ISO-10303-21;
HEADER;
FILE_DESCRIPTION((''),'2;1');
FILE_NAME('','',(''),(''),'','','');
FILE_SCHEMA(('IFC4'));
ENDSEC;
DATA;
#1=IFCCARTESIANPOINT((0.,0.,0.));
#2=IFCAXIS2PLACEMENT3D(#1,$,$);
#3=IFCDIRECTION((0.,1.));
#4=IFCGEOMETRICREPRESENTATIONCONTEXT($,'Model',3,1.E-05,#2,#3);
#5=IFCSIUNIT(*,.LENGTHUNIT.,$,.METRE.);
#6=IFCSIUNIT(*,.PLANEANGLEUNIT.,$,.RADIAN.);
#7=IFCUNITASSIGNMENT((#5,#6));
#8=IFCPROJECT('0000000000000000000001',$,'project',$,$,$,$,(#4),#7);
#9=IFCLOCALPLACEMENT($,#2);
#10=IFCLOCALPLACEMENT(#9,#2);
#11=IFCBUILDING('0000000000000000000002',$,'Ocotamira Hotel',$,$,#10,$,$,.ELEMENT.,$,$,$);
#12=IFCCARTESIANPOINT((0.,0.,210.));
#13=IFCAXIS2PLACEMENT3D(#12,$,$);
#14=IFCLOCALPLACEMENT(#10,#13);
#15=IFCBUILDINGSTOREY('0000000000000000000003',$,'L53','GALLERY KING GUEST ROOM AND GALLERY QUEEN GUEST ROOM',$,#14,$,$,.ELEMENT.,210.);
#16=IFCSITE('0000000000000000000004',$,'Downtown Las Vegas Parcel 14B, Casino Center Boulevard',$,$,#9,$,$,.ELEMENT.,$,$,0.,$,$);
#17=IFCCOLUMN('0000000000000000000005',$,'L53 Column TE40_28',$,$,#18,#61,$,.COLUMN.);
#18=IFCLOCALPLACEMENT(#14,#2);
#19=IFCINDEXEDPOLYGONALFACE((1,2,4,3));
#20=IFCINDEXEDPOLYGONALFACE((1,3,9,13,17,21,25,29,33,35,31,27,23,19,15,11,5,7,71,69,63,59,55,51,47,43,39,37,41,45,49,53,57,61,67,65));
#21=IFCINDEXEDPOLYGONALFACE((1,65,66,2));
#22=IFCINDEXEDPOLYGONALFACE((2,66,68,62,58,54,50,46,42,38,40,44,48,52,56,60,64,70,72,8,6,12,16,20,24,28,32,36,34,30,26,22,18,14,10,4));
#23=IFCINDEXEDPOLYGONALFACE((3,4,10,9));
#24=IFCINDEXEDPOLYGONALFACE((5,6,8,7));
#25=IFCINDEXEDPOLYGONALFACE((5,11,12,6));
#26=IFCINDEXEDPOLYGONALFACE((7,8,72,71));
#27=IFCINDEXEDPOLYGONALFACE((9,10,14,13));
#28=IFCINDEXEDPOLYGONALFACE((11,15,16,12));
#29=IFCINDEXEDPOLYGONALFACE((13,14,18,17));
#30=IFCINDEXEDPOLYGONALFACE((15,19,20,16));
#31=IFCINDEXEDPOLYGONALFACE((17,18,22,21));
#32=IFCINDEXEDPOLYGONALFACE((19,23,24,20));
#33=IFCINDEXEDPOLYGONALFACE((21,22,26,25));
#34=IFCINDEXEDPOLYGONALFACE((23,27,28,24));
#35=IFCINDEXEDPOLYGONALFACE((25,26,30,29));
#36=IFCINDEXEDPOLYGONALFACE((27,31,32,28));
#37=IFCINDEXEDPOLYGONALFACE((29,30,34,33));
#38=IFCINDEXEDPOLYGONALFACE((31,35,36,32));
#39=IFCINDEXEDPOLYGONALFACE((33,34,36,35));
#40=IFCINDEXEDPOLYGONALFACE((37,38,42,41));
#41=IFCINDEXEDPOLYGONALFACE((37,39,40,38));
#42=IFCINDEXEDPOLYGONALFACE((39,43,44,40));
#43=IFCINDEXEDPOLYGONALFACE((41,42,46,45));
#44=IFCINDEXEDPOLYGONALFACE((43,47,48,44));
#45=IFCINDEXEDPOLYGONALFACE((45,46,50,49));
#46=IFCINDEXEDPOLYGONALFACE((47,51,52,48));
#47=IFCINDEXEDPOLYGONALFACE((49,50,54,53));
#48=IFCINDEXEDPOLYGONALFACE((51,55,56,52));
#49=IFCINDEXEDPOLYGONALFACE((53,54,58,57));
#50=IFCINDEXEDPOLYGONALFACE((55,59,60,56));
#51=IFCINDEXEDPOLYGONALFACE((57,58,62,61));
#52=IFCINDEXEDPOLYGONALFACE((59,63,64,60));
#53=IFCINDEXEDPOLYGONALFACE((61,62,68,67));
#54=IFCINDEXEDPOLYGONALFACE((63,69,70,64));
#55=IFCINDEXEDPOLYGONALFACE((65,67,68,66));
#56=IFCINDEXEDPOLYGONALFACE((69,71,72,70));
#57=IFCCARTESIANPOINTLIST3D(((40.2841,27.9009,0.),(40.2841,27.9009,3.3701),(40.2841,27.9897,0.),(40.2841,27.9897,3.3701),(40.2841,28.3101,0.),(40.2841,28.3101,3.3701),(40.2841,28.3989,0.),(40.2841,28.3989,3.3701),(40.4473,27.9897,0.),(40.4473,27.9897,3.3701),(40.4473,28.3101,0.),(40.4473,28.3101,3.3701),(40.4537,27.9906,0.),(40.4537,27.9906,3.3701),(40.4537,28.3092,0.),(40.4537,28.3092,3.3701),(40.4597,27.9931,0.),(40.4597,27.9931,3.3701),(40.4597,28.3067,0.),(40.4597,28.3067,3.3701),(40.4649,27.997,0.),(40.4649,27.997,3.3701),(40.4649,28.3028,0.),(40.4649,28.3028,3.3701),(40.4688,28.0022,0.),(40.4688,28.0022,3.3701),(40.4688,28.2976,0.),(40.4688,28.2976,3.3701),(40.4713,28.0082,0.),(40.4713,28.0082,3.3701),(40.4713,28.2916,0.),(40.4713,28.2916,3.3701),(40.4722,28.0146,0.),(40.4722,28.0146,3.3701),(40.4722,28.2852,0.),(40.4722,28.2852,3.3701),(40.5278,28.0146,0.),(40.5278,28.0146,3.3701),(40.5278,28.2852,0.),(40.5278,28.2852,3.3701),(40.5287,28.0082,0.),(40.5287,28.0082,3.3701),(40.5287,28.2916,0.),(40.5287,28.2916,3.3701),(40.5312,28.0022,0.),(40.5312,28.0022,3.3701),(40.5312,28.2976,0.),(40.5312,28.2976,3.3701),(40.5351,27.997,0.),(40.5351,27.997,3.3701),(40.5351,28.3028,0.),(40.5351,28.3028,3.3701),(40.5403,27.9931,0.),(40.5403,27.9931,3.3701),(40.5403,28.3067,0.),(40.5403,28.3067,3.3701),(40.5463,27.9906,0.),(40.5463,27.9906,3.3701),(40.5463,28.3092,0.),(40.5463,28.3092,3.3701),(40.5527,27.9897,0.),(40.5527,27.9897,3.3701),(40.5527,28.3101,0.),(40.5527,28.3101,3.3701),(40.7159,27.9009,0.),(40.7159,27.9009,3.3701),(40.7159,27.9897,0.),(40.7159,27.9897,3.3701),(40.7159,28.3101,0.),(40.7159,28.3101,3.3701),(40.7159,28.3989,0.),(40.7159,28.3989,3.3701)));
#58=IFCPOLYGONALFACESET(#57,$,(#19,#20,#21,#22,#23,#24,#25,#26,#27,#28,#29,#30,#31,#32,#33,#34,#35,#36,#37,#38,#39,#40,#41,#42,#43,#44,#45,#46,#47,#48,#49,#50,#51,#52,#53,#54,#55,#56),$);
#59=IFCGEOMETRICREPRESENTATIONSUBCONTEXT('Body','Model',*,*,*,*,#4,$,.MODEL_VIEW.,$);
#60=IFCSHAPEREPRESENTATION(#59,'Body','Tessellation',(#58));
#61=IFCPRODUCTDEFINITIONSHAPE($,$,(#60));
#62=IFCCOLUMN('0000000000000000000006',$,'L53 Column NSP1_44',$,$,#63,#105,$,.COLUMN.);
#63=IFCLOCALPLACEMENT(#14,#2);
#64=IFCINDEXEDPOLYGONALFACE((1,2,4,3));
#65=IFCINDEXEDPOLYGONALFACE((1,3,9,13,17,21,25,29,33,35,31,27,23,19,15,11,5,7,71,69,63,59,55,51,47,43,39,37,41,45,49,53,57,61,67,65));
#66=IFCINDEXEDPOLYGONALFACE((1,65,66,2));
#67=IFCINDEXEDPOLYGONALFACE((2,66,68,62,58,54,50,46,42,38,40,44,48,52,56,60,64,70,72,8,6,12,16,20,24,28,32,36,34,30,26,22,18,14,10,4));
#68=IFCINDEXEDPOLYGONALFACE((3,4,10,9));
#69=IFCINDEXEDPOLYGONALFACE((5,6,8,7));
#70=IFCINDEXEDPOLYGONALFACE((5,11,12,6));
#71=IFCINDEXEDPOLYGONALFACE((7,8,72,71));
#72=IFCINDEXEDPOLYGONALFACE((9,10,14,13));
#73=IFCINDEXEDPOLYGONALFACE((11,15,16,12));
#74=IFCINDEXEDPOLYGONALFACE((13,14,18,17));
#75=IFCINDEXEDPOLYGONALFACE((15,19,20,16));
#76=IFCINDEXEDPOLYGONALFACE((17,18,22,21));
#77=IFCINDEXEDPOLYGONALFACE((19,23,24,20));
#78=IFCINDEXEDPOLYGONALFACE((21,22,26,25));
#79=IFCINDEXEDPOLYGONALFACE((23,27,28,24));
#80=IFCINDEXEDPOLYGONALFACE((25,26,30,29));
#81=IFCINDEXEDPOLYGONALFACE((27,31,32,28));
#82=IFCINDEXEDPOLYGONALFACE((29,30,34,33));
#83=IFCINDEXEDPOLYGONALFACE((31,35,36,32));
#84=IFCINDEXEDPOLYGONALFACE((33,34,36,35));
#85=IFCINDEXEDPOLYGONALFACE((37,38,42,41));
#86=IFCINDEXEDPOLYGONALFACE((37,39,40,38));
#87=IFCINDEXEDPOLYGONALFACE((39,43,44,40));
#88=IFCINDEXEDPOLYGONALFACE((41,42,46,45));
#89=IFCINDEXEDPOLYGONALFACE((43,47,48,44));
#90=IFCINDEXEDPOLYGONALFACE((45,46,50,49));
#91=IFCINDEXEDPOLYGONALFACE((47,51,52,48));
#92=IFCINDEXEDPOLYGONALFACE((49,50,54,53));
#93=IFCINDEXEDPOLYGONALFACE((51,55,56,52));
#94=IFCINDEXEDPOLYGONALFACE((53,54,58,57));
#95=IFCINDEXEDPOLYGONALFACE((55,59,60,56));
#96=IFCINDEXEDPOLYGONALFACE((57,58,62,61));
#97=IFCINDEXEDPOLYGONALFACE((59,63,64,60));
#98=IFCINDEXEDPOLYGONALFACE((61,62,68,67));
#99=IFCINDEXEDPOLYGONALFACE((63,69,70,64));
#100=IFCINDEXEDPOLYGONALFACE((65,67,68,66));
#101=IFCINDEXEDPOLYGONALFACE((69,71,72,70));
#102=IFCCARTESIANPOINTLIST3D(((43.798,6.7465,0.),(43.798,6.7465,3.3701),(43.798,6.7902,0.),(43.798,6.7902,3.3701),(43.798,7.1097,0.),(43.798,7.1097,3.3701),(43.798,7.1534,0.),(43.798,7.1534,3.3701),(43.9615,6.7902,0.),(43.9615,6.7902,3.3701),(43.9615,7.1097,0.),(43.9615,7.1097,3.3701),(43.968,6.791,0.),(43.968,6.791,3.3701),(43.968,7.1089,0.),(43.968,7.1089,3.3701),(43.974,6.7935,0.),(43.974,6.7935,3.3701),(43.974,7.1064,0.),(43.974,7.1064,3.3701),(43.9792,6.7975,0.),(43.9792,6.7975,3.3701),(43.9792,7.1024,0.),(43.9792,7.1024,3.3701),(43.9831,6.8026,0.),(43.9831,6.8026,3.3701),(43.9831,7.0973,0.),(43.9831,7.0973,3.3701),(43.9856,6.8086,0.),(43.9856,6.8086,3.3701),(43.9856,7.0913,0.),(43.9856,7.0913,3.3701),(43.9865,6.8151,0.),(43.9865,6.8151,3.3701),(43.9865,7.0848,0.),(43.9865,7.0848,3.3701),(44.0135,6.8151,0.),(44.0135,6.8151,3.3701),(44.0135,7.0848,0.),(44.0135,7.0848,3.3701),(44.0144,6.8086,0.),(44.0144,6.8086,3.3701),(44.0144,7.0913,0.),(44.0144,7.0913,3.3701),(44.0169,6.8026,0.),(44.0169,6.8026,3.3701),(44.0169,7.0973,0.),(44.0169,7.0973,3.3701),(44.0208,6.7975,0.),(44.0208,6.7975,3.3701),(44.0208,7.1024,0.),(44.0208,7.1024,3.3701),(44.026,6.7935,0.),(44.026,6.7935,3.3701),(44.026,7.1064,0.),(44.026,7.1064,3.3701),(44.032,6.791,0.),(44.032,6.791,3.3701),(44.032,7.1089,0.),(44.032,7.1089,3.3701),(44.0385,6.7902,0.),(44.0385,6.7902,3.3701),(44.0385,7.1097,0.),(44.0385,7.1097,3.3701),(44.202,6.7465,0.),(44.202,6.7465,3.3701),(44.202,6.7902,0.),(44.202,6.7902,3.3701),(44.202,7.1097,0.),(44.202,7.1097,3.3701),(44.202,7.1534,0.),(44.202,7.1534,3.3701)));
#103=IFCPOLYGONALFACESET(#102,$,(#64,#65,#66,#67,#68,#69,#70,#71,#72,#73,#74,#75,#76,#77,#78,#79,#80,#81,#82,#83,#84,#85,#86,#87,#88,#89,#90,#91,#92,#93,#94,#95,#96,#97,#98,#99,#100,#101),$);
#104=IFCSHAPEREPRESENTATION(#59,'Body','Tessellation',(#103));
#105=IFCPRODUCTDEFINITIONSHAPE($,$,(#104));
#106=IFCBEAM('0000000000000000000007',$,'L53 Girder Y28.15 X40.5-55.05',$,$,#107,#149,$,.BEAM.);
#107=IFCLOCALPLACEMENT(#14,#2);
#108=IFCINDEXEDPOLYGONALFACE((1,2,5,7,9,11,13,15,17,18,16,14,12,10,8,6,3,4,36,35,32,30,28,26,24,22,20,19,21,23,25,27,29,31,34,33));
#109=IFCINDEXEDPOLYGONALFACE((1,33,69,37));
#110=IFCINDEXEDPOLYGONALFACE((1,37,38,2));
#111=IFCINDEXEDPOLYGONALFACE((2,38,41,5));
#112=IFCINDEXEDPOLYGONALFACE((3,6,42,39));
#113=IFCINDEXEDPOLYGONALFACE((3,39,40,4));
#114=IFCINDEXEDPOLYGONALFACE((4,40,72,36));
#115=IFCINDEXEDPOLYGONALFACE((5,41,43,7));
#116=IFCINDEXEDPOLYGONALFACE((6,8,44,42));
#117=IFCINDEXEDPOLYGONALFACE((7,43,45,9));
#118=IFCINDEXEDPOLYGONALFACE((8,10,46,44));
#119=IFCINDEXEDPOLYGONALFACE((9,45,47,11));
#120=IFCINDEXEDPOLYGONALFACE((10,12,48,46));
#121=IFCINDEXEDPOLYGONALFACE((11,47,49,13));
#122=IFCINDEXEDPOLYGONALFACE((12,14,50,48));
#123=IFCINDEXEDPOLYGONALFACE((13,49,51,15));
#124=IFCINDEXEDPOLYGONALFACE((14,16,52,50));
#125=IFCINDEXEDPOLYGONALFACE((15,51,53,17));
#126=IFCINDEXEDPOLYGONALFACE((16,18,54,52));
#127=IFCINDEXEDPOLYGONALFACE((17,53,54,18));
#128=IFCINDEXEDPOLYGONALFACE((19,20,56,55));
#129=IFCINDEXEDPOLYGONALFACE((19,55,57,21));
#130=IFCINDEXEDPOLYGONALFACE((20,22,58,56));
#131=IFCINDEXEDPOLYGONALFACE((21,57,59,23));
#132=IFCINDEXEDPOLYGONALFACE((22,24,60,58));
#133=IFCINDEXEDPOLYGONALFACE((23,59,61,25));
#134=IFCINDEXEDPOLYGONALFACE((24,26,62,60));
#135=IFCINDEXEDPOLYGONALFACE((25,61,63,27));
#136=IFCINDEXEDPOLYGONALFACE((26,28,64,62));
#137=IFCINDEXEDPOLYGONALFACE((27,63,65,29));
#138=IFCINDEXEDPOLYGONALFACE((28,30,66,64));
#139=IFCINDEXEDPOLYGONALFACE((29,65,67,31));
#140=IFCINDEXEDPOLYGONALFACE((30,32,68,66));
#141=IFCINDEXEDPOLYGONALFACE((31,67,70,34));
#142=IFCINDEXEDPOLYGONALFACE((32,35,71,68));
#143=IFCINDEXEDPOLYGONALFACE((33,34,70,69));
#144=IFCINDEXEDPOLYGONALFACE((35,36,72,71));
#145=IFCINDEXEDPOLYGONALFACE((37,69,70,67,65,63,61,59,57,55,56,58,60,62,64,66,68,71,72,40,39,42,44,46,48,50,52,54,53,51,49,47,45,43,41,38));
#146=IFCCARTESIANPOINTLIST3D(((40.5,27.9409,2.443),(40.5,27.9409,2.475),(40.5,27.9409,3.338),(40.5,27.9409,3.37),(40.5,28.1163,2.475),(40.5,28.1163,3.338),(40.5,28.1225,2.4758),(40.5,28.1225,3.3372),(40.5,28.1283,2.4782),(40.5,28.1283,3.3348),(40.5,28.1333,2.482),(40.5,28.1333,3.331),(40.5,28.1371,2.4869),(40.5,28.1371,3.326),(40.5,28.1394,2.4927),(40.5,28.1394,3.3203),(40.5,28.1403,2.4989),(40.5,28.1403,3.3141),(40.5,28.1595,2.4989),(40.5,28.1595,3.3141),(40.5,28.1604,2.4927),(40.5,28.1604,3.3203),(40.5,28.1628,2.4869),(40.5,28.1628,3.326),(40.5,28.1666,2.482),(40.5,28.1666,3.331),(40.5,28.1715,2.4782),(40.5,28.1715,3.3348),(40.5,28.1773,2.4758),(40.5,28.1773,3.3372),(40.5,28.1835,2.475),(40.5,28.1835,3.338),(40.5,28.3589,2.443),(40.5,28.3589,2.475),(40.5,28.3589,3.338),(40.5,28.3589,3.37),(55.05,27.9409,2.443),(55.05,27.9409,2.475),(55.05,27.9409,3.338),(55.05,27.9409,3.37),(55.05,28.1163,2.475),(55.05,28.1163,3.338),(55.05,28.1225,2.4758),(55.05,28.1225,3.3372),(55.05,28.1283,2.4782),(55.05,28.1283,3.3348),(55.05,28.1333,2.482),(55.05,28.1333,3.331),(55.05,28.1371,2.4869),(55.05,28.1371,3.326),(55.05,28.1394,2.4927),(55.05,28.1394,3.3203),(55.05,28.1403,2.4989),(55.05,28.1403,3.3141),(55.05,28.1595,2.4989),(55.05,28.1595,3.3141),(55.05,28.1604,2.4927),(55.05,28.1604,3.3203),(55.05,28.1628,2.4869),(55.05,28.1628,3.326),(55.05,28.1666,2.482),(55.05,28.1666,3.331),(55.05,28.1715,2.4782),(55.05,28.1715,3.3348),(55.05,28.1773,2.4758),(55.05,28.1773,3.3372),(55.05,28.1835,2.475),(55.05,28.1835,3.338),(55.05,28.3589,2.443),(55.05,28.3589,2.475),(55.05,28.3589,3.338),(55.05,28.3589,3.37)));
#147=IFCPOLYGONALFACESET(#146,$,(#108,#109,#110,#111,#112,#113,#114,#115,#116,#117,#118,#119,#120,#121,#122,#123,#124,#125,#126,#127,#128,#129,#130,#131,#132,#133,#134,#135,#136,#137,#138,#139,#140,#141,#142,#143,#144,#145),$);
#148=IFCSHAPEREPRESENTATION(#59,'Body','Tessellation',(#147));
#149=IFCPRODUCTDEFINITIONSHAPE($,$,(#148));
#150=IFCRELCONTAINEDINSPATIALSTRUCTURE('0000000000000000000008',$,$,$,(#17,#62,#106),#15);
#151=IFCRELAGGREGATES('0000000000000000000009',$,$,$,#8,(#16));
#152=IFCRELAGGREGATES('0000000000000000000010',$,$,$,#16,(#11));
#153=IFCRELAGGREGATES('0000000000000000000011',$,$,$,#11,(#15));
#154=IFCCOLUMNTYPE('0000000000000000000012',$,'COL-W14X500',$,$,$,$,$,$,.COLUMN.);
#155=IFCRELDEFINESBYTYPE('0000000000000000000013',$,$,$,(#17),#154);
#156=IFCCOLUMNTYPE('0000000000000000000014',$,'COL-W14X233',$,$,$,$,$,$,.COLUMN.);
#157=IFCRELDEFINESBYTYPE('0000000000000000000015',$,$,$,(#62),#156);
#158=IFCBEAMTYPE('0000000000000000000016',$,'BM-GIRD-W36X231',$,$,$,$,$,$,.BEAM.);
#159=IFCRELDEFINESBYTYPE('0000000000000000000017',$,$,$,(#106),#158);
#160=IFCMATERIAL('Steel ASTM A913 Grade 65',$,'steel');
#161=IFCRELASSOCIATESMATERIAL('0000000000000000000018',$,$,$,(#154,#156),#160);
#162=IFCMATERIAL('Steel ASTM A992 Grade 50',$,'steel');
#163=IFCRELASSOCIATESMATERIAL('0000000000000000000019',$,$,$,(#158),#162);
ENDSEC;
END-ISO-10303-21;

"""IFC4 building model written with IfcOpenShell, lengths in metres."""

from ifc_helpers import new_model, si_unit, direction, frame, origin, origin_2d, place, context, subcontext, project, spatial, i_section, extrude, source, transform, mapped, material, material_profile, profile_set, type_object, element, save


model = new_model("IFC4")

# Units and contexts
model_context = context("Model", 3, precision=1e-05, world=origin(), true_north=direction((0.0, 1.0)))
body_context = subcontext(model_context, "Body", "Model", "MODEL_VIEW")
ifc_project = project(units=[si_unit("LENGTHUNIT", "METRE"), si_unit("PLANEANGLEUNIT", "RADIAN")], contexts=[model_context])

# Site, building, storey
site_placement = place(None, origin())
site = spatial("IfcSite", under=ifc_project, at=site_placement, Name="Downtown Las Vegas Parcel 14B, Casino Center Boulevard", CompositionType="ELEMENT", RefElevation=0.0)
building_placement = place(site_placement, origin())
building = spatial("IfcBuilding", under=site, at=building_placement, Name="Ocotamira Hotel", CompositionType="ELEMENT")
storey_placement = place(building_placement, frame((0.0, 0.0, 210.0)))
storey = spatial("IfcBuildingStorey", under=building, at=storey_placement, Name="L53", Description="GALLERY KING GUEST ROOM AND GALLERY QUEEN GUEST ROOM", CompositionType="ELEMENT", Elevation=210.0)

# Columns
ifc_material_1 = material(Name="Steel ASTM A913 Grade 65", Category="steel")
ifc_material_profile_1 = material_profile(ifc_material_1, i_section(OverallWidth=0.4319, OverallDepth=0.498, WebThickness=0.0557, FlangeThickness=0.0889, FilletRadius=0.0249, at=origin_2d()), Name="W14X500")
ifc_profile_set_1 = profile_set([ifc_material_profile_1], Name="Steel ASTM A913 Grade 65")
column_type_1 = type_object("IfcColumnType", Name="COL-W14X500", PredefinedType="COLUMN", material=ifc_profile_set_1)
shared_shape_1 = source(origin(), body_context, "Body", "SweptSolid", [
    extrude(i_section(OverallWidth=0.4319, OverallDepth=0.498, WebThickness=0.0557, FlangeThickness=0.0889, FilletRadius=0.0249, at=origin_2d()), origin(), (0.0, 0.0, 1.0), 3.3701),
])
column_1_placement = place(storey_placement, frame((40.5, 28.1499, 0.0), z_axis=(0.0, 0.0, 1.0), x_axis=(1.0, 0.0, 0.0)))
element("IfcColumn", 1, at=column_1_placement, inside=storey, type_object=column_type_1, Name="L53 Column TE40_28", PredefinedType="COLUMN", context=body_context, shape_type="MappedRepresentation", body=[
    mapped(shared_shape_1, transform((0.0, 0.0, 0.0), scale=1.0)),
])
ifc_material_profile_2 = material_profile(ifc_material_1, i_section(OverallWidth=0.4041, OverallDepth=0.407, WebThickness=0.0271, FlangeThickness=0.0437, FilletRadius=0.0249, at=origin_2d()), Name="W14X233")
ifc_profile_set_2 = profile_set([ifc_material_profile_2], Name="Steel ASTM A913 Grade 65")
column_type_2 = type_object("IfcColumnType", Name="COL-W14X233", PredefinedType="COLUMN", material=ifc_profile_set_2)
shared_shape_2 = source(origin(), body_context, "Body", "SweptSolid", [
    extrude(i_section(OverallWidth=0.4041, OverallDepth=0.407, WebThickness=0.0271, FlangeThickness=0.0437, FilletRadius=0.0249, at=origin_2d()), origin(), (0.0, 0.0, 1.0), 3.3701),
])
column_2_placement = place(storey_placement, frame((44.0, 6.95, 0.0), z_axis=(0.0, 0.0, 1.0), x_axis=(1.0, 0.0, 0.0)))
element("IfcColumn", 2, at=column_2_placement, inside=storey, type_object=column_type_2, Name="L53 Column NSP1_44", PredefinedType="COLUMN", context=body_context, shape_type="MappedRepresentation", body=[
    mapped(shared_shape_2, transform((0.0, 0.0, 0.0), scale=1.0)),
])

# Beam
ifc_material_2 = material(Name="Steel ASTM A992 Grade 50", Category="steel")
ifc_material_profile_3 = material_profile(ifc_material_2, i_section(OverallWidth=0.418, OverallDepth=0.927, WebThickness=0.0193, FlangeThickness=0.032, FilletRadius=0.0239, at=origin_2d()), Name="W36X231")
ifc_profile_set_3 = profile_set([ifc_material_profile_3], Name="Steel ASTM A992 Grade 50")
beam_type_1 = type_object("IfcBeamType", Name="BM-GIRD-W36X231", PredefinedType="BEAM", material=ifc_profile_set_3)
shared_shape_3 = source(origin(), body_context, "Body", "SweptSolid", [
    extrude(i_section(OverallWidth=0.418, OverallDepth=0.927, WebThickness=0.0193, FlangeThickness=0.032, FilletRadius=0.0239, at=origin_2d()), origin(), (0.0, 0.0, 1.0), 14.55),
])
beam_1_placement = place(storey_placement, frame((40.5, 28.1499, 2.9065), z_axis=(1.0, 0.0, 0.0), x_axis=(0.0, 1.0, 0.0)))
element("IfcBeam", 3, at=beam_1_placement, inside=storey, type_object=beam_type_1, Name="L53 Girder Y28.15 X40.5-55.05", PredefinedType="BEAM", context=body_context, shape_type="MappedRepresentation", body=[
    mapped(shared_shape_3, transform((0.0, 0.0, 0.0), scale=1.0)),
])

save(model, "model.ifc")
